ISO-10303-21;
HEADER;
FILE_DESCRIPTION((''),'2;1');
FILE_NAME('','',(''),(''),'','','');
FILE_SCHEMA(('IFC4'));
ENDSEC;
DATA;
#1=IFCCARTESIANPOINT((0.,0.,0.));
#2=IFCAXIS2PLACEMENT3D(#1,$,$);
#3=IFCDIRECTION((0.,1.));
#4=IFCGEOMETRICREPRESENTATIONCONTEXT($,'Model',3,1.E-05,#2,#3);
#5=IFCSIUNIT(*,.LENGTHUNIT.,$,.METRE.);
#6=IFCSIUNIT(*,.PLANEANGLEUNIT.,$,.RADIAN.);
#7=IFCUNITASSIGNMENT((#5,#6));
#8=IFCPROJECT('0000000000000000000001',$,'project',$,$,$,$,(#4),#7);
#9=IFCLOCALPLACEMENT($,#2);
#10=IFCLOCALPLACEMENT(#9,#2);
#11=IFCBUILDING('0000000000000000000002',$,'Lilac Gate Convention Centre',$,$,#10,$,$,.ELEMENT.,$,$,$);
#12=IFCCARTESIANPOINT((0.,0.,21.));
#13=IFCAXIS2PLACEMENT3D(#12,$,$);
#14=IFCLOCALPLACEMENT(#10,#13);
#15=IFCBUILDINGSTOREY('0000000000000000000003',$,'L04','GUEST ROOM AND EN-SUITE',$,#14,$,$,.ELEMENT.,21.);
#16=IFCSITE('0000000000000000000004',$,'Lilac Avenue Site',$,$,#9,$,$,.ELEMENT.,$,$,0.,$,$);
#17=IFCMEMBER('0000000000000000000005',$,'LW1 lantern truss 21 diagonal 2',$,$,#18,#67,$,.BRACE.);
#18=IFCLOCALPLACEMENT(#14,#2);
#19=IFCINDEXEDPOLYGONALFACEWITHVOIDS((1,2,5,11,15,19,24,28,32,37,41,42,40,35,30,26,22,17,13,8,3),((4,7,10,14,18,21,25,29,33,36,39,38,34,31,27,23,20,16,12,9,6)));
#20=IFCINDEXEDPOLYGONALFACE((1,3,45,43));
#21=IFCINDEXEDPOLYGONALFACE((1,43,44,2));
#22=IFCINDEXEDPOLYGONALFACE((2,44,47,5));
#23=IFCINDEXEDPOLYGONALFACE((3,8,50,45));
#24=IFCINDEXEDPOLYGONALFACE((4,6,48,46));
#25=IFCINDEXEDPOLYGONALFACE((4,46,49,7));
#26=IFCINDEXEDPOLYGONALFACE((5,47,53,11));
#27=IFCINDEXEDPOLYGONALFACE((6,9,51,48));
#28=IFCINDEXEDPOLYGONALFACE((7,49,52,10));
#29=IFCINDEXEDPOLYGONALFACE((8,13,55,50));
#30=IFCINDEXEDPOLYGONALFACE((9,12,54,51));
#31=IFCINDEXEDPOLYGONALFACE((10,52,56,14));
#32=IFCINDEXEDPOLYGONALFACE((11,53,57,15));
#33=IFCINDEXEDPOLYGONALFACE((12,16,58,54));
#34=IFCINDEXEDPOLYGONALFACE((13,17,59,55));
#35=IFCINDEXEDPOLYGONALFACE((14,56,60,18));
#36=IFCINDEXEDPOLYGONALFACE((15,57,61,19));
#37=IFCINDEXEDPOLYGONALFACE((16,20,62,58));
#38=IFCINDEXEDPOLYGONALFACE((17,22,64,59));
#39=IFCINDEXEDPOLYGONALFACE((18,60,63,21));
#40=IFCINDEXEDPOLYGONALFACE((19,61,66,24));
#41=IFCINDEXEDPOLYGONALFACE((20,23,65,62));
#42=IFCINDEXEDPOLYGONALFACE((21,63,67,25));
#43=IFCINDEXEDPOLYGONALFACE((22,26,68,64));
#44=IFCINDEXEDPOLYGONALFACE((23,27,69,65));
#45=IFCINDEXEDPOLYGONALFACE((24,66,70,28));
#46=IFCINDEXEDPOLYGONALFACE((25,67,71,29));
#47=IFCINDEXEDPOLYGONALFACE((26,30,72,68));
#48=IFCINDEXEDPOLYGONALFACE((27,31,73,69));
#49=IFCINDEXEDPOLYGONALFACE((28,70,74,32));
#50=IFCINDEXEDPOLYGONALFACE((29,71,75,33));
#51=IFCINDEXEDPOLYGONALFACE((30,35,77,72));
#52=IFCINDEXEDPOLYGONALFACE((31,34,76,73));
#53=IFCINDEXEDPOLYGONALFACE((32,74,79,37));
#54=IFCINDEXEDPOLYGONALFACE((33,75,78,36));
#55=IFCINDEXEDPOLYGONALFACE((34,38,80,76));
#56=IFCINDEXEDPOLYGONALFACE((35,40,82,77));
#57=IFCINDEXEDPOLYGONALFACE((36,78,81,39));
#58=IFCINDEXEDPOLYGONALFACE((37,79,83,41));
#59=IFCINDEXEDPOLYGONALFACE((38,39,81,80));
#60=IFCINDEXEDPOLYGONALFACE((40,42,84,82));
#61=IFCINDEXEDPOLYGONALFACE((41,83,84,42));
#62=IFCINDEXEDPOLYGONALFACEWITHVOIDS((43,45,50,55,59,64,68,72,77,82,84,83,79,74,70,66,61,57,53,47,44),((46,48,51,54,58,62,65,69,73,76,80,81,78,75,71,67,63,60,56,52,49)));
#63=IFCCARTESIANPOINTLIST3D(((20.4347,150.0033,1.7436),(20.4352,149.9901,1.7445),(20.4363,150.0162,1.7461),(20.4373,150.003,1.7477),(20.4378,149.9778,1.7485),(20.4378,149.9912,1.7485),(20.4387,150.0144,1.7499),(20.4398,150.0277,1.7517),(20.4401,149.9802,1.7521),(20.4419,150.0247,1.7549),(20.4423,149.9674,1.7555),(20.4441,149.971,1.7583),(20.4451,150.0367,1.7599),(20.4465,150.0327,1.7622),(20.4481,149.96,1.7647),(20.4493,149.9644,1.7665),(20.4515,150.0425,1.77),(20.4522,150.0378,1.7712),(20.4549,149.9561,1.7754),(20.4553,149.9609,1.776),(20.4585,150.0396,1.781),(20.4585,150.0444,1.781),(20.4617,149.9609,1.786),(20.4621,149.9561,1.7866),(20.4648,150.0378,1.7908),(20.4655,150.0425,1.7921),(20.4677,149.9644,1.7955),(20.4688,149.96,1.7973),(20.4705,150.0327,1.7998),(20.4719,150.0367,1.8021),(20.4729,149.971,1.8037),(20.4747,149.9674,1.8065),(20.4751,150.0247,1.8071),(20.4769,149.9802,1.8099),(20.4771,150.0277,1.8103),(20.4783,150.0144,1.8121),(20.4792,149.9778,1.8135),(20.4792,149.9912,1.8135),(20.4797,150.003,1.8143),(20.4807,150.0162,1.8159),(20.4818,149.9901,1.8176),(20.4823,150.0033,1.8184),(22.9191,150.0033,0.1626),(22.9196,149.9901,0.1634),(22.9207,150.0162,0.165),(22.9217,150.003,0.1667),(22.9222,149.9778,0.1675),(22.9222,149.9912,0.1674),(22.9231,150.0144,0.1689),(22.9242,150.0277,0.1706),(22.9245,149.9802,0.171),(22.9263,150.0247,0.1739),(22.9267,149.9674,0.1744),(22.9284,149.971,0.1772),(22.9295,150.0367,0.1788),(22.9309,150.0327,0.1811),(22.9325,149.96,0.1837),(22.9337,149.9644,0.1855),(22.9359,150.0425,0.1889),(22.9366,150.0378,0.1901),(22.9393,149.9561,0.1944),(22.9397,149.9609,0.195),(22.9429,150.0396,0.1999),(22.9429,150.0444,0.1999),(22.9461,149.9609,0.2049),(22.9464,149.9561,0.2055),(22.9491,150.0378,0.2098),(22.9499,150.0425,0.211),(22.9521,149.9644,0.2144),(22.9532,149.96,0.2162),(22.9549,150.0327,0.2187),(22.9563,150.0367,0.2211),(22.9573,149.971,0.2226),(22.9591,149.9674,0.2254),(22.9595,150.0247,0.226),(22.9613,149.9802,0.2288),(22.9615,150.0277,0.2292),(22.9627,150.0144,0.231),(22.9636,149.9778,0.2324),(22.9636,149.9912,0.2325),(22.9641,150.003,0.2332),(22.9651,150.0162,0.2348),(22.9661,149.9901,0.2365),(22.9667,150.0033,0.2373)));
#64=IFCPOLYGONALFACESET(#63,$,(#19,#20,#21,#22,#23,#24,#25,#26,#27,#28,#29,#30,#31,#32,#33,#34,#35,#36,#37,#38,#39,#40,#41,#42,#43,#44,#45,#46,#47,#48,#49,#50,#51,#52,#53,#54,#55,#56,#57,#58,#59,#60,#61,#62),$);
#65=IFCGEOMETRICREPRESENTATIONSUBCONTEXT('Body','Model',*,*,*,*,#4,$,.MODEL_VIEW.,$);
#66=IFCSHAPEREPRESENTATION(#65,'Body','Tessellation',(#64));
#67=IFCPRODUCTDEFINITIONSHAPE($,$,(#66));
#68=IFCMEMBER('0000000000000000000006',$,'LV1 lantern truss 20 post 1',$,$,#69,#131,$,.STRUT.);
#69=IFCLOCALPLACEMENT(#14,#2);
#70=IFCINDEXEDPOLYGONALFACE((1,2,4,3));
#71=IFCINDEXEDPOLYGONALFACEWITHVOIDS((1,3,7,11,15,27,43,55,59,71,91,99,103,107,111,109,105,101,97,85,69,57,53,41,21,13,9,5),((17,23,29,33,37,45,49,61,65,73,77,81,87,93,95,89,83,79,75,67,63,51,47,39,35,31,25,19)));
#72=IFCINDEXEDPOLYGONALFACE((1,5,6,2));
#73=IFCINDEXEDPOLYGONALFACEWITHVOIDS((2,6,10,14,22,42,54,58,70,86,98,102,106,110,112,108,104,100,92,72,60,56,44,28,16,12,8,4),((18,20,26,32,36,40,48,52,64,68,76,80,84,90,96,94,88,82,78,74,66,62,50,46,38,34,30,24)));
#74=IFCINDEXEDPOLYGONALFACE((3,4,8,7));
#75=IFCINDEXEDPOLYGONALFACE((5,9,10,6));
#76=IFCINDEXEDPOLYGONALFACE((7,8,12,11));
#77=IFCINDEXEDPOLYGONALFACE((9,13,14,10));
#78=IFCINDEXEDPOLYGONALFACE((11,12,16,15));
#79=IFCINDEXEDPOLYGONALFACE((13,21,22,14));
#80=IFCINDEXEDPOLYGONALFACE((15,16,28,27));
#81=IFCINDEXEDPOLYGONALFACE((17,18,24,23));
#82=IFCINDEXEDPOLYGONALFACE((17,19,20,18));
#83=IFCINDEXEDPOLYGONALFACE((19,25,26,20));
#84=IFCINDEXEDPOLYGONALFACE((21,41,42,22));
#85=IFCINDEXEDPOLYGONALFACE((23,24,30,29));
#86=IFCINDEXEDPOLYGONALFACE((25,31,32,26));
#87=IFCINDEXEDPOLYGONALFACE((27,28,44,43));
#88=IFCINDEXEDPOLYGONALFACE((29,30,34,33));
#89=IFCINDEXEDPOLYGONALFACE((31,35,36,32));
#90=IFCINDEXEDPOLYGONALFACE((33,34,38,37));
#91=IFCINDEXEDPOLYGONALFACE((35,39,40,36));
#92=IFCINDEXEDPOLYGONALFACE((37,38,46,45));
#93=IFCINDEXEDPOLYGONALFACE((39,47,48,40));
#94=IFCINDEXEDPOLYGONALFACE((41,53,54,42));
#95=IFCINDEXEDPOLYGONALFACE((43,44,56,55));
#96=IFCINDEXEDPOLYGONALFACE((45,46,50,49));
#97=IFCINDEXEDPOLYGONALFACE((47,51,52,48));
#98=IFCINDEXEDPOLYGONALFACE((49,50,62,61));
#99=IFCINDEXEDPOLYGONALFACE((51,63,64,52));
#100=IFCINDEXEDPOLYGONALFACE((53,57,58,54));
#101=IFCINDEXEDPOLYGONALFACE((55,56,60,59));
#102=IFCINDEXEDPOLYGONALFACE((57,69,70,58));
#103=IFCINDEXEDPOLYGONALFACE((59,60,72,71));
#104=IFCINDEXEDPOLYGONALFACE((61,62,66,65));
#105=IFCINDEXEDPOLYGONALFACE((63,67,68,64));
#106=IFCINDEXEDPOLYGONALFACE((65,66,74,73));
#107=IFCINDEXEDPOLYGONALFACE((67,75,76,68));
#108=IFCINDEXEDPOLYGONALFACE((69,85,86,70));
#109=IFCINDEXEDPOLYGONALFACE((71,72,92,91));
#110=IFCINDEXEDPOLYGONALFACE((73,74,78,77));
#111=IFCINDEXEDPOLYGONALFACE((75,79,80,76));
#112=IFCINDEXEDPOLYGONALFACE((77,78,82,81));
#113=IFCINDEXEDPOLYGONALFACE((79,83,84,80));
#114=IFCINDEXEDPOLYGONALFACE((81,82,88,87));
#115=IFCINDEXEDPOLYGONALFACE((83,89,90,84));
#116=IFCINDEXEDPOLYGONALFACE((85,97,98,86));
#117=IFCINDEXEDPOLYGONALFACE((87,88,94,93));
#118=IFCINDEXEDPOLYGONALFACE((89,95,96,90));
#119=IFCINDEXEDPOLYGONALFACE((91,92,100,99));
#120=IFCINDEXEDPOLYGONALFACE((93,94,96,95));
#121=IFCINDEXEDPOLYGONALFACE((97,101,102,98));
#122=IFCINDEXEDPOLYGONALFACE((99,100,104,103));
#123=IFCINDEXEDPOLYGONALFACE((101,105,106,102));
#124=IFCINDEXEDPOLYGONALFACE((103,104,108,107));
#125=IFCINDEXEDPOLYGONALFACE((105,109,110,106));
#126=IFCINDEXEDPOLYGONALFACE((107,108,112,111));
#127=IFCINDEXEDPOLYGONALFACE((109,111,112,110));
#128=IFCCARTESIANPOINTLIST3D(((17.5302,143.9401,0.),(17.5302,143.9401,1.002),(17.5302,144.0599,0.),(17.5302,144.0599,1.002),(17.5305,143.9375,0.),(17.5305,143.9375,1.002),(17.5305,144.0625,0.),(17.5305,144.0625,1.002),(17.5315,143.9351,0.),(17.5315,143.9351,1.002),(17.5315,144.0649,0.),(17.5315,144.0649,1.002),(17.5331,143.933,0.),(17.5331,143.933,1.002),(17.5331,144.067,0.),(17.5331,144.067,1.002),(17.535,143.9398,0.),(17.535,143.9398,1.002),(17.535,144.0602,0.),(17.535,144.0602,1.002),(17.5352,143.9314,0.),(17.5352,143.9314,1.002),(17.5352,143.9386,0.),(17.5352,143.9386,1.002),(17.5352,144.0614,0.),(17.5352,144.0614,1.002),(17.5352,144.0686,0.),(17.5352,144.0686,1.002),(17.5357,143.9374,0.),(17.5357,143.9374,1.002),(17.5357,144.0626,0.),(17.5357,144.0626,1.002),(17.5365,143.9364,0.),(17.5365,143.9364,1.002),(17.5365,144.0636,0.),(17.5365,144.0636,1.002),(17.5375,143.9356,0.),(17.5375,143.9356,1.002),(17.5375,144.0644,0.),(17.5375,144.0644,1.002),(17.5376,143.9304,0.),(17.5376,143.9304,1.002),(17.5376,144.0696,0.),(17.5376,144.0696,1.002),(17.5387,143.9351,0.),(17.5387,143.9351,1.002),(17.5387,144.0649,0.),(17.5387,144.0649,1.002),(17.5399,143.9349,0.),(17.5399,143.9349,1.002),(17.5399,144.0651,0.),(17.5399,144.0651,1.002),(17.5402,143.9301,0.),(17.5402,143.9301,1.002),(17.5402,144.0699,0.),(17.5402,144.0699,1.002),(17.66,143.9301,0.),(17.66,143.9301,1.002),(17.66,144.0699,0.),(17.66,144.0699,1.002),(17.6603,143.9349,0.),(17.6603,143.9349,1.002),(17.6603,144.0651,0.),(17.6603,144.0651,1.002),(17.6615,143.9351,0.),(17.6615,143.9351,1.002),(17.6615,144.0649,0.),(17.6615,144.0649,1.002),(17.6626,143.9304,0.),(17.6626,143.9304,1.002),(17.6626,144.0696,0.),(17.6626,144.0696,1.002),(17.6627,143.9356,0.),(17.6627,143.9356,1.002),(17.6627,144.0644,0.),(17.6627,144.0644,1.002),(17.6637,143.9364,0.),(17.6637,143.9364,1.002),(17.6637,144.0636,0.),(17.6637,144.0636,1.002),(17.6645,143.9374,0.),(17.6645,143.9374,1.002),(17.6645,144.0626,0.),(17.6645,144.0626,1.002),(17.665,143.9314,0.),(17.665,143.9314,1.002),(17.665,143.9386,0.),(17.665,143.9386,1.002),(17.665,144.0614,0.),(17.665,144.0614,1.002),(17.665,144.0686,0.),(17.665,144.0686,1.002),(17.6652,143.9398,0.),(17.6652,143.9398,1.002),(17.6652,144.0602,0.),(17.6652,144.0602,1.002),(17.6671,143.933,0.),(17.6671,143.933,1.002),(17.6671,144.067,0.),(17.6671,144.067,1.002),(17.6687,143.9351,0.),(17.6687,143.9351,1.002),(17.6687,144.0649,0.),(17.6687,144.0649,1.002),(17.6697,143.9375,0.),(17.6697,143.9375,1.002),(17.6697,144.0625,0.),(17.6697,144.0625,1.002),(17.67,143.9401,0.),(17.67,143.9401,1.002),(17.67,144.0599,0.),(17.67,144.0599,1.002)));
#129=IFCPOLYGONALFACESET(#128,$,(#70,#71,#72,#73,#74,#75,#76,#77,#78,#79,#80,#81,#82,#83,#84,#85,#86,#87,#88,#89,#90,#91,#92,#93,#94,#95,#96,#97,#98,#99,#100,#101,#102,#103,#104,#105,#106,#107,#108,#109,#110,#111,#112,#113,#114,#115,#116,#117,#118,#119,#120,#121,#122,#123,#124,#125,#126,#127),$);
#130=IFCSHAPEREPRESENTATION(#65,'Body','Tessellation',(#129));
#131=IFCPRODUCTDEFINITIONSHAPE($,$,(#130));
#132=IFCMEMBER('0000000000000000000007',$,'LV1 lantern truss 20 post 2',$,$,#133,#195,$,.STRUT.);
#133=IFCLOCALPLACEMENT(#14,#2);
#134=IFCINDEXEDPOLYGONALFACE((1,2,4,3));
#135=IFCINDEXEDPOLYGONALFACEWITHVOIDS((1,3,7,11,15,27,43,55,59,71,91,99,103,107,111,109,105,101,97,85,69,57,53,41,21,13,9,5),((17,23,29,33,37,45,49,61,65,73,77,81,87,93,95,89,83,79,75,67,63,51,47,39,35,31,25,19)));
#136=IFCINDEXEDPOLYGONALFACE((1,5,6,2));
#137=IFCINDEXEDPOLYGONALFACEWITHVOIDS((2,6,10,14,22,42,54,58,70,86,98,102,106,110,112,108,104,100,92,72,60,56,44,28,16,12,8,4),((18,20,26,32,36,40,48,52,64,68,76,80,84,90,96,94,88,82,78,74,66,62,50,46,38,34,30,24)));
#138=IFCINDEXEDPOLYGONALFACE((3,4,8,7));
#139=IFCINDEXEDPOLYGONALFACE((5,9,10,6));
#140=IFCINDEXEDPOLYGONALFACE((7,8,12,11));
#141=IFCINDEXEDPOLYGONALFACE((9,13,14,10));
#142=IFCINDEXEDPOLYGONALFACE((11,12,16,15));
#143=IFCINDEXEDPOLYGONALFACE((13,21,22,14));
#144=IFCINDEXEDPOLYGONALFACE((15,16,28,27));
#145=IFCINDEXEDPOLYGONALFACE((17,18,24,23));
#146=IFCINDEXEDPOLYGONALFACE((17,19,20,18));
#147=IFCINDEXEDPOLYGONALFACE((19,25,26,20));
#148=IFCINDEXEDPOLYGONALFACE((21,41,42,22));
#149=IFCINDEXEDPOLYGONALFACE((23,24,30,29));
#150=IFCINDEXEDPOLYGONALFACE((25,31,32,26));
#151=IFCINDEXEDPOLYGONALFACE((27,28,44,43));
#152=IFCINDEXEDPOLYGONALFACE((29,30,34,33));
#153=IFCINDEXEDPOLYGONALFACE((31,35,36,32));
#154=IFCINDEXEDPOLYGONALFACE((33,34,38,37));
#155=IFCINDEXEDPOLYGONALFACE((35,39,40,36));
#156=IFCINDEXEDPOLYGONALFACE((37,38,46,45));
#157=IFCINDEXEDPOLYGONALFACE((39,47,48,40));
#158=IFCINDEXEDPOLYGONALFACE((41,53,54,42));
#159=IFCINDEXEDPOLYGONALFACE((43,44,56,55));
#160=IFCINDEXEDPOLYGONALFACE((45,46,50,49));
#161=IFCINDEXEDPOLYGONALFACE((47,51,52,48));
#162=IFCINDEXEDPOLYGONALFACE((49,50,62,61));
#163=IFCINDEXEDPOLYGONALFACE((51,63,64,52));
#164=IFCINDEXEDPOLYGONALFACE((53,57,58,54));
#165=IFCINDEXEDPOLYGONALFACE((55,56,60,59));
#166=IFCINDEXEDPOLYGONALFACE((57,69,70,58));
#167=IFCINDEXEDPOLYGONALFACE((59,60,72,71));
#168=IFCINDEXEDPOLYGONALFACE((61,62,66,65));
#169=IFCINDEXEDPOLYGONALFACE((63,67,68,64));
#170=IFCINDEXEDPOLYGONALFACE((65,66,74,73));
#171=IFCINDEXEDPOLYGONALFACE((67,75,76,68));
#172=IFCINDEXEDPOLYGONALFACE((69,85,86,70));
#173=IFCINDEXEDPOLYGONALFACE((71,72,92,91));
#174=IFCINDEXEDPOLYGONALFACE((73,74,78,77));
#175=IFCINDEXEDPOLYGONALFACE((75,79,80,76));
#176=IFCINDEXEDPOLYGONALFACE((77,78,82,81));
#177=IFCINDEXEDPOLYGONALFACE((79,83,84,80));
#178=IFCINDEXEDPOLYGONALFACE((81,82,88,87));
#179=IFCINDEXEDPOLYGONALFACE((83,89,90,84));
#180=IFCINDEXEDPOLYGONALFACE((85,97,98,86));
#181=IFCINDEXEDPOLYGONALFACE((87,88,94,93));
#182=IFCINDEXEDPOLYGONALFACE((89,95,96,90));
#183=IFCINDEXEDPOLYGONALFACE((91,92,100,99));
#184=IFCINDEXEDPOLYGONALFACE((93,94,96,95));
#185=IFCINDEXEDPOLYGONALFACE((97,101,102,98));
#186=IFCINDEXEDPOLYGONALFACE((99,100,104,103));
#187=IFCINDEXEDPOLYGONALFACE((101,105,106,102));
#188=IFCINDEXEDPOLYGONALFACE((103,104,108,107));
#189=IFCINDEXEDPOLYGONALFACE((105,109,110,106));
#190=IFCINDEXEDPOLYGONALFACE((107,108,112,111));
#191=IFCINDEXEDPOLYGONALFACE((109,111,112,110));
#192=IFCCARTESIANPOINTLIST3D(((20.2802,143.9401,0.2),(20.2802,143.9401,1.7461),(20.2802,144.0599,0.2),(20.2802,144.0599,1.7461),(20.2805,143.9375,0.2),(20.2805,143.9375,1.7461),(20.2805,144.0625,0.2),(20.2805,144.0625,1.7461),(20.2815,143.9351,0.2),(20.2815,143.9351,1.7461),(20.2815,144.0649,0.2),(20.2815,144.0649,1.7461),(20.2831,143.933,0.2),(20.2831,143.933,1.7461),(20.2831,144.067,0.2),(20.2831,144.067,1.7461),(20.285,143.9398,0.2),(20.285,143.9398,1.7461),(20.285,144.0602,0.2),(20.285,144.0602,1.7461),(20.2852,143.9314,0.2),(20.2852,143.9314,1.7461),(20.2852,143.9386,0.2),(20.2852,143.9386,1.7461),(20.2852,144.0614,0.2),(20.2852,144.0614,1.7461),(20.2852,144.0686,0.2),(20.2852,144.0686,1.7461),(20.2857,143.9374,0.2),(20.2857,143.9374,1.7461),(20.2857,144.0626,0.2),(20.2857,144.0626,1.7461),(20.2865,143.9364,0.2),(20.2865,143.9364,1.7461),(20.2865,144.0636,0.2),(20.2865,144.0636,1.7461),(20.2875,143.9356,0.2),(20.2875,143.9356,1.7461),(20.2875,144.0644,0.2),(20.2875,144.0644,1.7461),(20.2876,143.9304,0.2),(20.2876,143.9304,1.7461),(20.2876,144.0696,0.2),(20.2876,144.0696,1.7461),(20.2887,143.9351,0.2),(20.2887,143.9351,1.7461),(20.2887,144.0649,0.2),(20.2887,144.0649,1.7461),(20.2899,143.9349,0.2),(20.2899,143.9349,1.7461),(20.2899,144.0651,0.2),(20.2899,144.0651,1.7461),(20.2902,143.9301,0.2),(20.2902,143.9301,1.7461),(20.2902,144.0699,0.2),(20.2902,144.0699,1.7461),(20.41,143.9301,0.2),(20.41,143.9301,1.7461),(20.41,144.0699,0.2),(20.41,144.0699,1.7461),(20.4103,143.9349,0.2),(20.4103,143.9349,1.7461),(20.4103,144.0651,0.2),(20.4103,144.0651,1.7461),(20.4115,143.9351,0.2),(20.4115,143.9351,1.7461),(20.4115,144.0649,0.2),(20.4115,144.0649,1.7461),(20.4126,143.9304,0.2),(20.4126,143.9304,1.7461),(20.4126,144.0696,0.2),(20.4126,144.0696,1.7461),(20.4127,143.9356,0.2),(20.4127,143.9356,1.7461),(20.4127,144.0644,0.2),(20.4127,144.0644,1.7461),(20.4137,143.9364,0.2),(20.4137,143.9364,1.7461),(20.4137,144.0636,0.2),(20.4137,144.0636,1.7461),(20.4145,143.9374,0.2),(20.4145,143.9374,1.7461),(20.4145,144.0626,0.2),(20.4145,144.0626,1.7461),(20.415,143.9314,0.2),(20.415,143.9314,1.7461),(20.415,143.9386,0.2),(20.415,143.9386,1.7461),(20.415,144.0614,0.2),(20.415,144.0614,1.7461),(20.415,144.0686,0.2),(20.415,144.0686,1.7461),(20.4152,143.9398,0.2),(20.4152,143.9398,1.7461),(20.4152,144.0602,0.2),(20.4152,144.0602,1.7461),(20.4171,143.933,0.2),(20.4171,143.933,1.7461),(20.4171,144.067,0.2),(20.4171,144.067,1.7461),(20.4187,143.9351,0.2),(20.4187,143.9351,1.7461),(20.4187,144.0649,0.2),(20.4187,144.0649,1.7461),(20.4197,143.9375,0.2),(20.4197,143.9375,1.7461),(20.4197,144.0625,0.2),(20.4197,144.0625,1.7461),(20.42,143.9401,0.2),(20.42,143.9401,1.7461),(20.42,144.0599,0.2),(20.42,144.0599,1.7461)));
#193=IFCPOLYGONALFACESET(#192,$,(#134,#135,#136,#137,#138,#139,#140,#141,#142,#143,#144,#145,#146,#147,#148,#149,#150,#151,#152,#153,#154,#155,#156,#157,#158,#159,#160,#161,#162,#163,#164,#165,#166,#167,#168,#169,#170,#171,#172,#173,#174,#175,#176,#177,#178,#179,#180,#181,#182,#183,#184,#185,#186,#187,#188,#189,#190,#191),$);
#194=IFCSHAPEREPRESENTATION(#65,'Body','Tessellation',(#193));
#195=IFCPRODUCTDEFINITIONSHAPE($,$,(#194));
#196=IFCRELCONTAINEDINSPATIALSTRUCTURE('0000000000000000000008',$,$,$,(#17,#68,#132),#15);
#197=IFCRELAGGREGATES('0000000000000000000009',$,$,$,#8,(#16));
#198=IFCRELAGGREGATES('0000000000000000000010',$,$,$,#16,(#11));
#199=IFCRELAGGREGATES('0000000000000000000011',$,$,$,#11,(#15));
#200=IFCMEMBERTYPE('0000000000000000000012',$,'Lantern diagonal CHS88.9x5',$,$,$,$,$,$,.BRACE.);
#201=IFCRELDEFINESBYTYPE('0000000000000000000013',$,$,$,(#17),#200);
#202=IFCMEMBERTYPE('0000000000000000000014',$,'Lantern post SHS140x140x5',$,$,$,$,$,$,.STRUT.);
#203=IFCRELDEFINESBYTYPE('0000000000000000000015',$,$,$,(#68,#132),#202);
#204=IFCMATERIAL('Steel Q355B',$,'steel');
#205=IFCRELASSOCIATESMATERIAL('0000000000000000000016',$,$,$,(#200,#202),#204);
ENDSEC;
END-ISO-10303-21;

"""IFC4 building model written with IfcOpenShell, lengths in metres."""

from ifc_helpers import new_model, si_unit, direction, frame, origin, origin_2d, place, context, subcontext, project, spatial, hollow_rectangle, hollow_circle, extrude, material, material_profile, profile_set, type_object, element, save


model = new_model("IFC4")

# Units and contexts
model_context = context("Model", 3, precision=1e-05, world=origin(), true_north=direction((0.0, 1.0)))
body_context = subcontext(model_context, "Body", "Model", "MODEL_VIEW")
ifc_project = project(units=[si_unit("LENGTHUNIT", "METRE"), si_unit("PLANEANGLEUNIT", "RADIAN")], contexts=[model_context])

# Site, building, storey
site_placement = place(None, origin())
site = spatial("IfcSite", under=ifc_project, at=site_placement, Name="Lilac Avenue Site", CompositionType="ELEMENT", RefElevation=0.0)
building_placement = place(site_placement, origin())
building = spatial("IfcBuilding", under=site, at=building_placement, Name="Lilac Gate Convention Centre", CompositionType="ELEMENT")
storey_placement = place(building_placement, frame((0.0, 0.0, 21.0)))
storey = spatial("IfcBuildingStorey", under=building, at=storey_placement, Name="L04", Description="GUEST ROOM AND EN-SUITE", CompositionType="ELEMENT", Elevation=21.0)

# Members
ifc_material_1 = material(Name="Steel Q355B", Category="steel")
ifc_material_profile_1 = material_profile(ifc_material_1, hollow_circle(Radius=0.0444, WallThickness=0.0049, at=origin_2d()), Name="CHS88.9x5")
ifc_profile_set_1 = profile_set([ifc_material_profile_1], Name="Steel Q355B")
member_type_1 = type_object("IfcMemberType", Name="Lantern diagonal CHS88.9x5", PredefinedType="BRACE", material=ifc_profile_set_1)
member_1_placement = place(storey_placement, frame((20.4585, 150.0, 1.781), z_axis=(0.843648, 0.0, -0.536897), x_axis=(0.0, 1.0, 0.0)))
element("IfcMember", 1, at=member_1_placement, inside=storey, type_object=member_type_1, Name="LW1 lantern truss 21 diagonal 2", PredefinedType="BRACE", context=body_context, shape_type="SweptSolid", body=[
    extrude(hollow_circle(Radius=0.0444, WallThickness=0.0049, at=origin_2d()), origin(), (0.0, 0.0, 1.0), 2.9448),
])
ifc_material_profile_2 = material_profile(ifc_material_1, hollow_rectangle(XDim=0.1399, YDim=0.1399, WallThickness=0.0049, InnerFilletRadius=0.0049, OuterFilletRadius=0.01, at=origin_2d()), Name="SHS140x140x5")
ifc_profile_set_2 = profile_set([ifc_material_profile_2], Name="Steel Q355B")
member_type_2 = type_object("IfcMemberType", Name="Lantern post SHS140x140x5", PredefinedType="STRUT", material=ifc_profile_set_2)
member_2_placement = place(storey_placement, frame((17.6001, 144.0, 0.0), z_axis=(0.0, 0.0, 1.0), x_axis=(1.0, 0.0, 0.0)))
element("IfcMember", 2, at=member_2_placement, inside=storey, type_object=member_type_2, Name="LV1 lantern truss 20 post 1", PredefinedType="STRUT", context=body_context, shape_type="SweptSolid", body=[
    extrude(hollow_rectangle(XDim=0.1399, YDim=0.1399, WallThickness=0.0049, InnerFilletRadius=0.0049, OuterFilletRadius=0.01, at=origin_2d()), origin(), (0.0, 0.0, 1.0), 1.002),
])
member_3_placement = place(storey_placement, frame((20.3501, 144.0, 0.2), z_axis=(0.0, 0.0, 1.0), x_axis=(1.0, 0.0, 0.0)))
element("IfcMember", 3, at=member_3_placement, inside=storey, type_object=member_type_2, Name="LV1 lantern truss 20 post 2", PredefinedType="STRUT", context=body_context, shape_type="SweptSolid", body=[
    extrude(hollow_rectangle(XDim=0.1399, YDim=0.1399, WallThickness=0.0049, InnerFilletRadius=0.0049, OuterFilletRadius=0.01, at=origin_2d()), origin(), (0.0, 0.0, 1.0), 1.5461),
])

save(model, "model.ifc")
